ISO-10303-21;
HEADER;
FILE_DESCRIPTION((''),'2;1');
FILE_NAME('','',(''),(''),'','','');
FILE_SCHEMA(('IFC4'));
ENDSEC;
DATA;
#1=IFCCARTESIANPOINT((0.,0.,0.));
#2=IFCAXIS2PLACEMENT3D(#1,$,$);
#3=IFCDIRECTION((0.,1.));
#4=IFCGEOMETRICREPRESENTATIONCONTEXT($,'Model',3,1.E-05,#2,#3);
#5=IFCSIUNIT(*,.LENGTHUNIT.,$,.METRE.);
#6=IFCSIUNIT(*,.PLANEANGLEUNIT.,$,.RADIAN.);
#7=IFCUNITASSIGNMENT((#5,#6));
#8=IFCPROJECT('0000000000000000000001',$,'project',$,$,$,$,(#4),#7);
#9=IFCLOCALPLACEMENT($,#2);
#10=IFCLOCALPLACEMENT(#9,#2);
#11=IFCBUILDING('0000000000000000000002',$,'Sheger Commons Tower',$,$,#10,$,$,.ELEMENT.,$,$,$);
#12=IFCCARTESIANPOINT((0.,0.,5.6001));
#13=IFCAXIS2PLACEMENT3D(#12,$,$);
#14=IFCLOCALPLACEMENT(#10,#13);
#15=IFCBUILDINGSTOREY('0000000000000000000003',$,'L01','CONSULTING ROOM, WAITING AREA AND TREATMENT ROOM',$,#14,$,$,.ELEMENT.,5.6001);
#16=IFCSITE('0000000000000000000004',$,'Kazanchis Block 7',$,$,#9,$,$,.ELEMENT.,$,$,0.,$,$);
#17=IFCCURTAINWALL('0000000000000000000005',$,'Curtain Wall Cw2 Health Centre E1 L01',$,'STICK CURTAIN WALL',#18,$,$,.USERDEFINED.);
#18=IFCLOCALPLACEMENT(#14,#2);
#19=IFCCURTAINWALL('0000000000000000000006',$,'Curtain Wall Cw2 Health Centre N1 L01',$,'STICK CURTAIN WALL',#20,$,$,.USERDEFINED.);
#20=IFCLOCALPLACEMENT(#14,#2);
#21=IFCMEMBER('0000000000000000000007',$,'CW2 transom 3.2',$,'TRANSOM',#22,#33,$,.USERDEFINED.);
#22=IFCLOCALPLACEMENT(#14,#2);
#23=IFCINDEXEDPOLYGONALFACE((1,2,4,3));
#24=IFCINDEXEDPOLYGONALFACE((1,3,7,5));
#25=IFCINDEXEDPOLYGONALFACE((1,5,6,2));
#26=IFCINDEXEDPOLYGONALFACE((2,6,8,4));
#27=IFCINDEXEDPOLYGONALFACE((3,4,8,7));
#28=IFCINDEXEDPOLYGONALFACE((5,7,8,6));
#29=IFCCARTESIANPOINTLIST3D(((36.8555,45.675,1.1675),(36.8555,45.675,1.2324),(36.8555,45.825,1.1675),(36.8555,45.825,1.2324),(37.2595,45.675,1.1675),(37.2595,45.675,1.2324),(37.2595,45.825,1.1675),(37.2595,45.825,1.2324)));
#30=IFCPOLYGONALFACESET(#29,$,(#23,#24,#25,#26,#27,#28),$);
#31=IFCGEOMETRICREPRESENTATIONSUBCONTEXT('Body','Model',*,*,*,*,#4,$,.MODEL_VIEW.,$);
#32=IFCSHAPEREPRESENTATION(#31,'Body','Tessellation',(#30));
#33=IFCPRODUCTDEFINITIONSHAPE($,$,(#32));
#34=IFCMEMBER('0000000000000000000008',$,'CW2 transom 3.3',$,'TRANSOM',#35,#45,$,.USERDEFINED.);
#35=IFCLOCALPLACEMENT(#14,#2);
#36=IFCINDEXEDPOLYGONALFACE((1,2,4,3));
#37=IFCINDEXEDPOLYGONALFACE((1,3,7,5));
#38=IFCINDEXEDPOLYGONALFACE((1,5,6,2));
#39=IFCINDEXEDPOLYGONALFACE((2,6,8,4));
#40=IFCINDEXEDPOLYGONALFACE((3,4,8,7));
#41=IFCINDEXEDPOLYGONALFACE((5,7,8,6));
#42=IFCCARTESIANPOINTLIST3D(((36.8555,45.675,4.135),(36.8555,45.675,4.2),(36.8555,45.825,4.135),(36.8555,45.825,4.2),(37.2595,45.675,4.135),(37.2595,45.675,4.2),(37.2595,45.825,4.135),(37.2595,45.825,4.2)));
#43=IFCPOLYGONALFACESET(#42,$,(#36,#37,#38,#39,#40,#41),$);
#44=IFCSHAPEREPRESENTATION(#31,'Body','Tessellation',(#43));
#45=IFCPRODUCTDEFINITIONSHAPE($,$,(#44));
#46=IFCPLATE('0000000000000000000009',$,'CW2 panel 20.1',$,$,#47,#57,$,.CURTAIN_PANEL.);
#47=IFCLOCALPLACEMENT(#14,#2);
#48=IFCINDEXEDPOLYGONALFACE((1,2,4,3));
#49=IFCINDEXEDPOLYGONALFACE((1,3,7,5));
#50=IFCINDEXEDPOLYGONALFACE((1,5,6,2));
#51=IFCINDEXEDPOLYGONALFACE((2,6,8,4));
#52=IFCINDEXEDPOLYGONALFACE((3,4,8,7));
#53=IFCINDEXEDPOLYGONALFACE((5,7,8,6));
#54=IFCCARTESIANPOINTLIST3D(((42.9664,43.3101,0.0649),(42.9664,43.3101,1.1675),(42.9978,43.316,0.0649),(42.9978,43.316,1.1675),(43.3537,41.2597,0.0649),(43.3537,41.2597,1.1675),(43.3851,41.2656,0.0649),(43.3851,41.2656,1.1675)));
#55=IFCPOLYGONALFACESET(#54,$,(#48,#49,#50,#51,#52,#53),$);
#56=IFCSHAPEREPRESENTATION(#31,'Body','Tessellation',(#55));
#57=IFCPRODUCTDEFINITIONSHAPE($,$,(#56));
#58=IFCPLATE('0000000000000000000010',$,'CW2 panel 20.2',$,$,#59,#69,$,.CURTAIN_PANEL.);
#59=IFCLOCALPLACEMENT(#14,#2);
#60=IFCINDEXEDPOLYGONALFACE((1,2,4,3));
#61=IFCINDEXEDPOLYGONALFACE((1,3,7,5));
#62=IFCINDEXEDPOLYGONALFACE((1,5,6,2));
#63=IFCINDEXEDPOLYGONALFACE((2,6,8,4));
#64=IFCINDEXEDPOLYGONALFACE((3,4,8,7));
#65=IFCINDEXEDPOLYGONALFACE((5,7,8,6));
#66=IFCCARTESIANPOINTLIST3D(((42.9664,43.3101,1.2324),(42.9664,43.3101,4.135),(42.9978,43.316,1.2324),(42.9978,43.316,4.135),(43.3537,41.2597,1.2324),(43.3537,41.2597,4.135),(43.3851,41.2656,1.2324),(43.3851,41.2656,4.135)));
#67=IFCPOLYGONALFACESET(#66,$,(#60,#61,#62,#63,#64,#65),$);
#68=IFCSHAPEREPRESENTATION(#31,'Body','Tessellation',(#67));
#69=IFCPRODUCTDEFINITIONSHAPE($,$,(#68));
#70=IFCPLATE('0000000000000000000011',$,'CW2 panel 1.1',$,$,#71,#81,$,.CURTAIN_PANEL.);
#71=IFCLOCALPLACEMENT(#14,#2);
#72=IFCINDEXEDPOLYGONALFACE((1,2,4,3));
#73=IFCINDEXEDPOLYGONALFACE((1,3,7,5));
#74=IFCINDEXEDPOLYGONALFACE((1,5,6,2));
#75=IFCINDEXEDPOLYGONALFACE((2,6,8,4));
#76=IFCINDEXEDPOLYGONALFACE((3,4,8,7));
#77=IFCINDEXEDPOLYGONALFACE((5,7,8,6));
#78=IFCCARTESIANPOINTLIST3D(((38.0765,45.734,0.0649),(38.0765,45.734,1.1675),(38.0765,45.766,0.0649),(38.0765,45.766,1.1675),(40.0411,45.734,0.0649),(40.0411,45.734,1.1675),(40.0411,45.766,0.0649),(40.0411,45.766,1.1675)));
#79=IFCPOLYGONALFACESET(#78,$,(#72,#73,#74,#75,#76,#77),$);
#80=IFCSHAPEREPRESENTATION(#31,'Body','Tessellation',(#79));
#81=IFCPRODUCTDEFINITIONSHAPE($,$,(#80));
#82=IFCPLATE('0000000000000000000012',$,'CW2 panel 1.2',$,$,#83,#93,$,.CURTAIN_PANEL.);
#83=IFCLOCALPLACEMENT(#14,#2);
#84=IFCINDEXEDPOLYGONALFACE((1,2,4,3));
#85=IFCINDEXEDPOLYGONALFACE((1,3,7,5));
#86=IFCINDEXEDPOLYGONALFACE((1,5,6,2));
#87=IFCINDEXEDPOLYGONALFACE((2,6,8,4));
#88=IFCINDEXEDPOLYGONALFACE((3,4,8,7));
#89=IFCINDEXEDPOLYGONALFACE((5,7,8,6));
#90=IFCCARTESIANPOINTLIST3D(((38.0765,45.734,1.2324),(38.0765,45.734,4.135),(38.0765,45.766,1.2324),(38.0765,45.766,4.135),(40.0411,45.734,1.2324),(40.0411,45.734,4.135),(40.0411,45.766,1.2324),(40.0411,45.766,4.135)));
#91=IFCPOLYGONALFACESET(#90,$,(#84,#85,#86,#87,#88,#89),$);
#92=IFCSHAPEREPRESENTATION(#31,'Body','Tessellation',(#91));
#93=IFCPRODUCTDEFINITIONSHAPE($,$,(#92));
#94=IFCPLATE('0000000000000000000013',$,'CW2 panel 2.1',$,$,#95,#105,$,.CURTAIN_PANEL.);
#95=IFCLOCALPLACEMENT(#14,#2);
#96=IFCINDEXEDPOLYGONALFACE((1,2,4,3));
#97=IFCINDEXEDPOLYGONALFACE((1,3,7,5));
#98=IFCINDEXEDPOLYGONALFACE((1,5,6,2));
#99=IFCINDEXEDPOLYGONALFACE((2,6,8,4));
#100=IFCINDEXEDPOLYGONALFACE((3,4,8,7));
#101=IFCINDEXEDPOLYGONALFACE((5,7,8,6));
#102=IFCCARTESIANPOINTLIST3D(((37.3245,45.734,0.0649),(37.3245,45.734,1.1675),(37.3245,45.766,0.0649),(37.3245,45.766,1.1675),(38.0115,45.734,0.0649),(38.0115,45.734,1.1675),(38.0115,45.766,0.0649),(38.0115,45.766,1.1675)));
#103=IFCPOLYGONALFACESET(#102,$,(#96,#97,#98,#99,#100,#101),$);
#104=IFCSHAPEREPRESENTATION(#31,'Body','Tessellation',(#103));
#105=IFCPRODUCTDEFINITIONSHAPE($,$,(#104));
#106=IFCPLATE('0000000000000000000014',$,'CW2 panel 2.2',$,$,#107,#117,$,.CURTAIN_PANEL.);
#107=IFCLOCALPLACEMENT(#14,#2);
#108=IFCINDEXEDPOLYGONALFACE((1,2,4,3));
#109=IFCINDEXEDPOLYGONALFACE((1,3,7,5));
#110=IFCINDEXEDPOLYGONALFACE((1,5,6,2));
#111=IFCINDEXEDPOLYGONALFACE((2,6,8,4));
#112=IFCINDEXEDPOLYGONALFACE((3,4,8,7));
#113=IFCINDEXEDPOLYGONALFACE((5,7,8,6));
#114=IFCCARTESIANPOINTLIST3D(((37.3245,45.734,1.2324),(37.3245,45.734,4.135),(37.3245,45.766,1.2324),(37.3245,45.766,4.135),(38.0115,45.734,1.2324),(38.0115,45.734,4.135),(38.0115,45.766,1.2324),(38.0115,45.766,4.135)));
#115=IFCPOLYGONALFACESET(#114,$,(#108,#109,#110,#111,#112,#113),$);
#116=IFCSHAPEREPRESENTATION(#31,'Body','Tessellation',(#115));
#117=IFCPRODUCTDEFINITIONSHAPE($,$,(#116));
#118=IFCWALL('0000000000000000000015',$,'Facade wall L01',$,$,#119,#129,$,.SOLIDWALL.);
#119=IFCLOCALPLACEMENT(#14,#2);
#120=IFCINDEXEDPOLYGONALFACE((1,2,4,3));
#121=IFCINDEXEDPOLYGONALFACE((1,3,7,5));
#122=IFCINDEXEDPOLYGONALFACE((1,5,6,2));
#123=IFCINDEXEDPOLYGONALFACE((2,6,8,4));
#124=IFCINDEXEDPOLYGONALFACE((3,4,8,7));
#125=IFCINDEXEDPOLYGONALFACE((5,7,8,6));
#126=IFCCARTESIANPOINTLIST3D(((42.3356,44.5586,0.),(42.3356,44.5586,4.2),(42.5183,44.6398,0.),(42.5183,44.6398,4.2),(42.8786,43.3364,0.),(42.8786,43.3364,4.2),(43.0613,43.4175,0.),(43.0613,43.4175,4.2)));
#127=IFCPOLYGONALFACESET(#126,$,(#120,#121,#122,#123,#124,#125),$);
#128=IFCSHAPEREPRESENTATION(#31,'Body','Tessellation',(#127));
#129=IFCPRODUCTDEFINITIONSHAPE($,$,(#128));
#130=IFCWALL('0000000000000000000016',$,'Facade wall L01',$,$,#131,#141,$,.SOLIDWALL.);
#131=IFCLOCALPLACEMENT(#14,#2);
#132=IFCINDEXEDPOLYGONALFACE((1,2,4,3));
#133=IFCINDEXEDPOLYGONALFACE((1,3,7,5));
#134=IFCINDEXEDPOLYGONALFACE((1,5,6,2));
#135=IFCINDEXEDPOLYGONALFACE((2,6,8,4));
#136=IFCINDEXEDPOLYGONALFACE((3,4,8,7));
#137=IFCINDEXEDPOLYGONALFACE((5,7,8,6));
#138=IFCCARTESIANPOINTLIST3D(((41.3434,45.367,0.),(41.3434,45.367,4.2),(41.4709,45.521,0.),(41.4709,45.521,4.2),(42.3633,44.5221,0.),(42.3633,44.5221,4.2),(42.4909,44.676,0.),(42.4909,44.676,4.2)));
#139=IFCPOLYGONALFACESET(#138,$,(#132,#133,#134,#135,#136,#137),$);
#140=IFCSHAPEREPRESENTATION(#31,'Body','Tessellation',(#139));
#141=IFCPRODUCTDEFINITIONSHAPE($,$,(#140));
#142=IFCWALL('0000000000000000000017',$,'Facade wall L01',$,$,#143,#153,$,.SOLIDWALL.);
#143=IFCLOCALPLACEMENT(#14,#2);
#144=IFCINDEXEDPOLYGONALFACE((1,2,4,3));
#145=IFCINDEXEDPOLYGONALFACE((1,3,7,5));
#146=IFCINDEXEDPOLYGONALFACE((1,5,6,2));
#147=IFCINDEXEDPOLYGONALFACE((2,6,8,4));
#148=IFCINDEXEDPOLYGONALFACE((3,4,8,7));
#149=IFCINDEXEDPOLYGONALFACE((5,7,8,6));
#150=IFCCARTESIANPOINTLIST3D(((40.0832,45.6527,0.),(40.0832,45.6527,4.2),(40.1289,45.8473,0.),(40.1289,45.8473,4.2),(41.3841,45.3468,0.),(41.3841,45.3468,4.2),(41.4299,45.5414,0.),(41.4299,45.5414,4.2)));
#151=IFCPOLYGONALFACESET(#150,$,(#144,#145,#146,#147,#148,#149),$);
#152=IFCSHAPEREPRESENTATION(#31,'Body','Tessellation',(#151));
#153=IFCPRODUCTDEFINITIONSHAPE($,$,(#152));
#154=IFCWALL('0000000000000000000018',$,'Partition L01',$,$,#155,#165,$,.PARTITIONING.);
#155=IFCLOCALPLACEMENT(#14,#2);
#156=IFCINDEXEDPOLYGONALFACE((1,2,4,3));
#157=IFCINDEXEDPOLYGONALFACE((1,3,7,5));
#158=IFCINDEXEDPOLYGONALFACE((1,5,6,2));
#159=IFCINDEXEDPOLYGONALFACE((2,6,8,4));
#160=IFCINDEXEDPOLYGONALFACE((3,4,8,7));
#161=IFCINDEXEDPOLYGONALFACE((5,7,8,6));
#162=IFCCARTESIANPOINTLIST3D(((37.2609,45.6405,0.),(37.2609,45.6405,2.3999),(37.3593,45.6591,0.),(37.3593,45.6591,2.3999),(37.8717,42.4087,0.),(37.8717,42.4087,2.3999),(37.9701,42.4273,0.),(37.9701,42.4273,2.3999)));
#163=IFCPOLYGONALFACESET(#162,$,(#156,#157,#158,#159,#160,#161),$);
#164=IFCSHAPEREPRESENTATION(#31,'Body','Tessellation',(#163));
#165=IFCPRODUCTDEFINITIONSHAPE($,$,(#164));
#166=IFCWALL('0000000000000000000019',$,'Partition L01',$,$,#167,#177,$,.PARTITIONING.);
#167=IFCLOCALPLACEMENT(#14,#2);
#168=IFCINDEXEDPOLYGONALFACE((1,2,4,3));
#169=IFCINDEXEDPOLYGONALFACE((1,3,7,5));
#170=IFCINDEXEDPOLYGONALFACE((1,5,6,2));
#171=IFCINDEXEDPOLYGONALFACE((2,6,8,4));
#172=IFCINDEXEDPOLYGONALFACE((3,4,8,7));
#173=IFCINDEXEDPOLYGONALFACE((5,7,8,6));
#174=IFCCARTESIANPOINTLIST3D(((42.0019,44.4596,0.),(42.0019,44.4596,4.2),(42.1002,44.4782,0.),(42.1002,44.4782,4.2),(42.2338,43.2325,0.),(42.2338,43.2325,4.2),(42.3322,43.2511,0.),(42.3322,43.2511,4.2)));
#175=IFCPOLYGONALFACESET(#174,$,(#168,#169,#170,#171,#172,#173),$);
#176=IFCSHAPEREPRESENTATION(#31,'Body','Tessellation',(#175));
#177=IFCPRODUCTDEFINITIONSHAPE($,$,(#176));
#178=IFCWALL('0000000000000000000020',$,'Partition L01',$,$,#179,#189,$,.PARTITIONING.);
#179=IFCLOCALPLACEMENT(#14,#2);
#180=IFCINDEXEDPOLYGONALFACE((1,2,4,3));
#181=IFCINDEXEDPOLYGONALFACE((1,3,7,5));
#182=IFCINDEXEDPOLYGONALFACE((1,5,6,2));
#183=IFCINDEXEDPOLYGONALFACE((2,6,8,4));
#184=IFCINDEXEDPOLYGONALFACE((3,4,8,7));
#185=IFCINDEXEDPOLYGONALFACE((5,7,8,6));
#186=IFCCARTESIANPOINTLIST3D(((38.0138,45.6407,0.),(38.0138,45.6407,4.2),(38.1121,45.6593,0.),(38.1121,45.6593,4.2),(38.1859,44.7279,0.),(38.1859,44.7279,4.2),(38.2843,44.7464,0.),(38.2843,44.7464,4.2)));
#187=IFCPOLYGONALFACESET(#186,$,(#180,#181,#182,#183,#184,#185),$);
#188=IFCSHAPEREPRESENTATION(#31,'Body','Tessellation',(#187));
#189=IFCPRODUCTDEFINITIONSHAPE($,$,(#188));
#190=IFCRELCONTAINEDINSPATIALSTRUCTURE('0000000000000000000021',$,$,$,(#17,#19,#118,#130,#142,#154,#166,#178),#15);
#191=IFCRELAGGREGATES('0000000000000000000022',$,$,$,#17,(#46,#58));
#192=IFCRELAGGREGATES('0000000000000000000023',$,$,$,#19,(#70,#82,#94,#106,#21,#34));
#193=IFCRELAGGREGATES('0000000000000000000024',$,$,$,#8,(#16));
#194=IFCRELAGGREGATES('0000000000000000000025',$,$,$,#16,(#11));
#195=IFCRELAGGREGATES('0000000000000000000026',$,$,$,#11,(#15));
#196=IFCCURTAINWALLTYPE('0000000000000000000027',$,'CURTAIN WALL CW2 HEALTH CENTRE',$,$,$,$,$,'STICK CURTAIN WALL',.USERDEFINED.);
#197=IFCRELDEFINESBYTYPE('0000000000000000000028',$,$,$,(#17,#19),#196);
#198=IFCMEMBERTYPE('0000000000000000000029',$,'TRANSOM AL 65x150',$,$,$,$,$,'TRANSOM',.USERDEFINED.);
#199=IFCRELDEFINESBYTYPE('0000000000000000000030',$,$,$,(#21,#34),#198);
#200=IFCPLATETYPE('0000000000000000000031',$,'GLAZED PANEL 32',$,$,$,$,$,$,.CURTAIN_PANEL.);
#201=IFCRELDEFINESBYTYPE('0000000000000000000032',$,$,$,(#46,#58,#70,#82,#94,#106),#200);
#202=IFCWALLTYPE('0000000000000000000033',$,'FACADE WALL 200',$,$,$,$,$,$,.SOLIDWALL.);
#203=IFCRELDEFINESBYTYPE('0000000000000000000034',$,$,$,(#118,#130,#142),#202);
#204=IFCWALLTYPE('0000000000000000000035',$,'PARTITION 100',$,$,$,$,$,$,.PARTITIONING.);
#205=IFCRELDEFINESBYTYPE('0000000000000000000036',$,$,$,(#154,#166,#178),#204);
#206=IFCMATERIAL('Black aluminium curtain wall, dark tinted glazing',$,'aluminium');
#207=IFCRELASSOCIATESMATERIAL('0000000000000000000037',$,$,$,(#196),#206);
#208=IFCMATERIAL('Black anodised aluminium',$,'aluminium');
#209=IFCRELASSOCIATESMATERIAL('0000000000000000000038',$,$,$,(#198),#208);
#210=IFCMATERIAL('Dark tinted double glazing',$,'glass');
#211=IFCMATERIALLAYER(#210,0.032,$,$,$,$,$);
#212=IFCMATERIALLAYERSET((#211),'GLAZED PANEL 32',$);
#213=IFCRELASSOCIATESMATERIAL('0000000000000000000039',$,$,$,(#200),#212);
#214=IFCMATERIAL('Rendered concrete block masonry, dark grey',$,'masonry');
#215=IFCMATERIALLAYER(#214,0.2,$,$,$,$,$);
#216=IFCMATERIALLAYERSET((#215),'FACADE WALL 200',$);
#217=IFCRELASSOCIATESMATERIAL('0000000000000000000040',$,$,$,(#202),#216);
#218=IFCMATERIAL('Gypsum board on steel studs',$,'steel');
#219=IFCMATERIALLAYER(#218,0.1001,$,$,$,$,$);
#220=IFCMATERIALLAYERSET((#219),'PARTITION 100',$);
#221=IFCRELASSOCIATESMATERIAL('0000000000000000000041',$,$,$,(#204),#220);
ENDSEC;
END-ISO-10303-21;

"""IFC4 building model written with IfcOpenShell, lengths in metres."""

from ifc_helpers import new_model, si_unit, direction, frame, frame_2d, origin, origin_2d, place, context, subcontext, project, spatial, rectangle, extrude, material, layer, layer_set, material_profile, profile_set, type_object, element, aggregate, save


model = new_model("IFC4")

# Units and contexts
model_context = context("Model", 3, precision=1e-05, world=origin(), true_north=direction((0.0, 1.0)))
body_context = subcontext(model_context, "Body", "Model", "MODEL_VIEW")
ifc_project = project(units=[si_unit("LENGTHUNIT", "METRE"), si_unit("PLANEANGLEUNIT", "RADIAN")], contexts=[model_context])

# Site, building, storey
site_placement = place(None, origin())
site = spatial("IfcSite", under=ifc_project, at=site_placement, Name="Kazanchis Block 7", CompositionType="ELEMENT", RefElevation=0.0)
building_placement = place(site_placement, origin())
building = spatial("IfcBuilding", under=site, at=building_placement, Name="Sheger Commons Tower", CompositionType="ELEMENT")
storey_placement = place(building_placement, frame((0.0, 0.0, 5.6001)))
storey = spatial("IfcBuildingStorey", under=building, at=storey_placement, Name="L01", Description="CONSULTING ROOM, WAITING AREA AND TREATMENT ROOM", CompositionType="ELEMENT", Elevation=5.6001)

# Curtain wall
ifc_material_1 = material(Name="Black aluminium curtain wall, dark tinted glazing", Category="aluminium")
curtain_wall_type = type_object("IfcCurtainWallType", Name="CURTAIN WALL CW2 HEALTH CENTRE", ElementType="STICK CURTAIN WALL", PredefinedType="USERDEFINED", material=ifc_material_1)
curtain_wall_1_placement = place(storey_placement, origin())
curtain_wall_1 = element("IfcCurtainWall", 1, at=curtain_wall_1_placement, inside=storey, type_object=curtain_wall_type, Name="Curtain Wall Cw2 Health Centre E1 L01", ObjectType="STICK CURTAIN WALL", PredefinedType="USERDEFINED")

# Curtain wall
curtain_wall_2_placement = place(storey_placement, origin())
curtain_wall_2 = element("IfcCurtainWall", 2, at=curtain_wall_2_placement, inside=storey, type_object=curtain_wall_type, Name="Curtain Wall Cw2 Health Centre N1 L01", ObjectType="STICK CURTAIN WALL", PredefinedType="USERDEFINED")

# Members
ifc_material_2 = material(Name="Black anodised aluminium", Category="aluminium")
ifc_material_profile_1 = material_profile(ifc_material_2, rectangle(XDim=0.1499, YDim=0.0649, at=origin_2d()), Name="AL 65x150")
ifc_profile_set_1 = profile_set([ifc_material_profile_1], Name="Black anodised aluminium")
member_type_1 = type_object("IfcMemberType", Name="TRANSOM AL 65x150", ElementType="TRANSOM", PredefinedType="USERDEFINED", material=ifc_profile_set_1)
member_1_placement = place(storey_placement, frame((37.2595, 45.75, 1.2), z_axis=(-1.0, 0.0, 0.0), x_axis=(0.0, -1.0, 0.0)))
member_1 = element("IfcMember", 3, at=member_1_placement, type_object=member_type_1, Name="CW2 transom 3.2", ObjectType="TRANSOM", PredefinedType="USERDEFINED", context=body_context, shape_type="SweptSolid", body=[
    extrude(rectangle(XDim=0.1499, YDim=0.0649, at=origin_2d()), origin(), (0.0, 0.0, 1.0), 0.4041),
])
member_2_placement = place(storey_placement, frame((37.2595, 45.75, 4.1675), z_axis=(-1.0, 0.0, 0.0), x_axis=(0.0, -1.0, 0.0)))
member_2 = element("IfcMember", 4, at=member_2_placement, type_object=member_type_1, Name="CW2 transom 3.3", ObjectType="TRANSOM", PredefinedType="USERDEFINED", context=body_context, shape_type="SweptSolid", body=[
    extrude(rectangle(XDim=0.1499, YDim=0.0649, at=origin_2d()), origin(), (0.0, 0.0, 1.0), 0.4041),
])

# Plates
ifc_material_3 = material(Name="Dark tinted double glazing", Category="glass")
ifc_layer_1 = layer(ifc_material_3, 0.032)
ifc_layer_set_1 = layer_set([ifc_layer_1], Name="GLAZED PANEL 32")
plate_type = type_object("IfcPlateType", Name="GLAZED PANEL 32", PredefinedType="CURTAIN_PANEL", material=ifc_layer_set_1)
plate_1_placement = place(storey_placement, frame((43.1758, 42.2878, 0.0649), z_axis=(0.0, 0.0, 1.0), x_axis=(-0.18561, 0.982624, 0.0)))
plate_1 = element("IfcPlate", 5, at=plate_1_placement, type_object=plate_type, Name="CW2 panel 20.1", PredefinedType="CURTAIN_PANEL", context=body_context, shape_type="SweptSolid", body=[
    extrude(rectangle(XDim=2.0867, YDim=0.032, at=origin_2d()), origin(), (0.0, 0.0, 1.0), 1.1025),
])
plate_2_placement = place(storey_placement, frame((43.1758, 42.2878, 1.2324), z_axis=(0.0, 0.0, 1.0), x_axis=(-0.18561, 0.982624, 0.0)))
plate_2 = element("IfcPlate", 6, at=plate_2_placement, type_object=plate_type, Name="CW2 panel 20.2", PredefinedType="CURTAIN_PANEL", context=body_context, shape_type="SweptSolid", body=[
    extrude(rectangle(XDim=2.0867, YDim=0.032, at=origin_2d()), origin(), (0.0, 0.0, 1.0), 2.9026),
])
aggregate(curtain_wall_1, [plate_1, plate_2])
plate_3_placement = place(storey_placement, frame((39.0588, 45.75, 0.0649), z_axis=(0.0, 0.0, 1.0), x_axis=(-1.0, 0.0, 0.0)))
plate_3 = element("IfcPlate", 7, at=plate_3_placement, type_object=plate_type, Name="CW2 panel 1.1", PredefinedType="CURTAIN_PANEL", context=body_context, shape_type="SweptSolid", body=[
    extrude(rectangle(XDim=1.9646, YDim=0.032, at=origin_2d()), origin(), (0.0, 0.0, 1.0), 1.1025),
])
plate_4_placement = place(storey_placement, frame((39.0588, 45.75, 1.2324), z_axis=(0.0, 0.0, 1.0), x_axis=(-1.0, 0.0, 0.0)))
plate_4 = element("IfcPlate", 8, at=plate_4_placement, type_object=plate_type, Name="CW2 panel 1.2", PredefinedType="CURTAIN_PANEL", context=body_context, shape_type="SweptSolid", body=[
    extrude(rectangle(XDim=1.9646, YDim=0.032, at=origin_2d()), origin(), (0.0, 0.0, 1.0), 2.9026),
])
plate_5_placement = place(storey_placement, frame((37.668, 45.75, 0.0649), z_axis=(0.0, 0.0, 1.0), x_axis=(-1.0, 0.0, 0.0)))
plate_5 = element("IfcPlate", 9, at=plate_5_placement, type_object=plate_type, Name="CW2 panel 2.1", PredefinedType="CURTAIN_PANEL", context=body_context, shape_type="SweptSolid", body=[
    extrude(rectangle(XDim=0.687, YDim=0.032, at=origin_2d()), origin(), (0.0, 0.0, 1.0), 1.1025),
])
plate_6_placement = place(storey_placement, frame((37.668, 45.75, 1.2324), z_axis=(0.0, 0.0, 1.0), x_axis=(-1.0, 0.0, 0.0)))
plate_6 = element("IfcPlate", 10, at=plate_6_placement, type_object=plate_type, Name="CW2 panel 2.2", PredefinedType="CURTAIN_PANEL", context=body_context, shape_type="SweptSolid", body=[
    extrude(rectangle(XDim=0.687, YDim=0.032, at=origin_2d()), origin(), (0.0, 0.0, 1.0), 2.9026),
])
aggregate(curtain_wall_2, [plate_3, plate_4, plate_5, plate_6, member_1, member_2])

# Walls
ifc_material_4 = material(Name="Rendered concrete block masonry, dark grey", Category="masonry")
ifc_layer_2 = layer(ifc_material_4, 0.2)
ifc_layer_set_2 = layer_set([ifc_layer_2], Name="FACADE WALL 200")
wall_type_1 = type_object("IfcWallType", Name="FACADE WALL 200", PredefinedType="SOLIDWALL", material=ifc_layer_set_2)
wall_1_placement = place(storey_placement, frame((42.97, 43.377, 0.0), z_axis=(0.0, 0.0, 1.0), x_axis=(-0.406003, 0.913872, 0.0)))
element("IfcWall", 11, at=wall_1_placement, inside=storey, type_object=wall_type_1, Name="Facade wall L01", PredefinedType="SOLIDWALL", context=body_context, shape_type="SweptSolid", body=[
    extrude(rectangle(XDim=1.3374, YDim=0.2, at=frame_2d((0.6687, 0.0))), origin(), (0.0, 0.0, 1.0), 4.2),
])
wall_2_placement = place(storey_placement, frame((42.427, 44.5991, 0.0), z_axis=(0.0, 0.0, 1.0), x_axis=(-0.770091, 0.637934, 0.0)))
element("IfcWall", 12, at=wall_2_placement, inside=storey, type_object=wall_type_1, Name="Facade wall L01", PredefinedType="SOLIDWALL", context=body_context, shape_type="SweptSolid", body=[
    extrude(rectangle(XDim=1.3245, YDim=0.2, at=frame_2d((0.6621, 0.0))), origin(), (0.0, 0.0, 1.0), 4.2),
])
wall_3_placement = place(storey_placement, frame((41.407, 45.4441, 0.0), z_axis=(0.0, 0.0, 1.0), x_axis=(-0.973453, 0.228887, 0.0)))
element("IfcWall", 13, at=wall_3_placement, inside=storey, type_object=wall_type_1, Name="Facade wall L01", PredefinedType="SOLIDWALL", context=body_context, shape_type="SweptSolid", body=[
    extrude(rectangle(XDim=1.3364, YDim=0.2, at=frame_2d((0.6682, 0.0))), origin(), (0.0, 0.0, 1.0), 4.2),
])
ifc_material_5 = material(Name="Gypsum board on steel studs", Category="steel")
ifc_layer_3 = layer(ifc_material_5, 0.1001)
ifc_layer_set_3 = layer_set([ifc_layer_3], Name="PARTITION 100")
wall_type_2 = type_object("IfcWallType", Name="PARTITION 100", PredefinedType="PARTITIONING", material=ifc_layer_set_3)
wall_4_placement = place(storey_placement, frame((37.9209, 42.418, 0.0), z_axis=(0.0, 0.0, 1.0), x_axis=(-0.185713, 0.982604, 0.0)))
element("IfcWall", 14, at=wall_4_placement, inside=storey, type_object=wall_type_2, Name="Partition L01", PredefinedType="PARTITIONING", context=body_context, shape_type="SweptSolid", body=[
    extrude(rectangle(XDim=3.2891, YDim=0.1001, at=frame_2d((1.6445, 0.0))), origin(), (0.0, 0.0, 1.0), 2.3999),
])
wall_5_placement = place(storey_placement, frame((42.051, 44.469, 0.0), z_axis=(0.0, 0.0, 1.0), x_axis=(0.185728, -0.982601, 0.0)))
element("IfcWall", 15, at=wall_5_placement, inside=storey, type_object=wall_type_2, Name="Partition L01", PredefinedType="PARTITIONING", context=body_context, shape_type="SweptSolid", body=[
    extrude(rectangle(XDim=1.2488, YDim=0.1001, at=frame_2d((0.6245, 0.0))), origin(), (0.0, 0.0, 1.0), 4.2),
])
wall_6_placement = place(storey_placement, frame((38.063, 45.6499, 0.0), z_axis=(0.0, 0.0, 1.0), x_axis=(0.185288, -0.982684, 0.0)))
element("IfcWall", 16, at=wall_6_placement, inside=storey, type_object=wall_type_2, Name="Partition L01", PredefinedType="PARTITIONING", context=body_context, shape_type="SweptSolid", body=[
    extrude(rectangle(XDim=0.929, YDim=0.1001, at=frame_2d((0.4644, 0.0))), origin(), (0.0, 0.0, 1.0), 4.2),
])

save(model, "model.ifc")
